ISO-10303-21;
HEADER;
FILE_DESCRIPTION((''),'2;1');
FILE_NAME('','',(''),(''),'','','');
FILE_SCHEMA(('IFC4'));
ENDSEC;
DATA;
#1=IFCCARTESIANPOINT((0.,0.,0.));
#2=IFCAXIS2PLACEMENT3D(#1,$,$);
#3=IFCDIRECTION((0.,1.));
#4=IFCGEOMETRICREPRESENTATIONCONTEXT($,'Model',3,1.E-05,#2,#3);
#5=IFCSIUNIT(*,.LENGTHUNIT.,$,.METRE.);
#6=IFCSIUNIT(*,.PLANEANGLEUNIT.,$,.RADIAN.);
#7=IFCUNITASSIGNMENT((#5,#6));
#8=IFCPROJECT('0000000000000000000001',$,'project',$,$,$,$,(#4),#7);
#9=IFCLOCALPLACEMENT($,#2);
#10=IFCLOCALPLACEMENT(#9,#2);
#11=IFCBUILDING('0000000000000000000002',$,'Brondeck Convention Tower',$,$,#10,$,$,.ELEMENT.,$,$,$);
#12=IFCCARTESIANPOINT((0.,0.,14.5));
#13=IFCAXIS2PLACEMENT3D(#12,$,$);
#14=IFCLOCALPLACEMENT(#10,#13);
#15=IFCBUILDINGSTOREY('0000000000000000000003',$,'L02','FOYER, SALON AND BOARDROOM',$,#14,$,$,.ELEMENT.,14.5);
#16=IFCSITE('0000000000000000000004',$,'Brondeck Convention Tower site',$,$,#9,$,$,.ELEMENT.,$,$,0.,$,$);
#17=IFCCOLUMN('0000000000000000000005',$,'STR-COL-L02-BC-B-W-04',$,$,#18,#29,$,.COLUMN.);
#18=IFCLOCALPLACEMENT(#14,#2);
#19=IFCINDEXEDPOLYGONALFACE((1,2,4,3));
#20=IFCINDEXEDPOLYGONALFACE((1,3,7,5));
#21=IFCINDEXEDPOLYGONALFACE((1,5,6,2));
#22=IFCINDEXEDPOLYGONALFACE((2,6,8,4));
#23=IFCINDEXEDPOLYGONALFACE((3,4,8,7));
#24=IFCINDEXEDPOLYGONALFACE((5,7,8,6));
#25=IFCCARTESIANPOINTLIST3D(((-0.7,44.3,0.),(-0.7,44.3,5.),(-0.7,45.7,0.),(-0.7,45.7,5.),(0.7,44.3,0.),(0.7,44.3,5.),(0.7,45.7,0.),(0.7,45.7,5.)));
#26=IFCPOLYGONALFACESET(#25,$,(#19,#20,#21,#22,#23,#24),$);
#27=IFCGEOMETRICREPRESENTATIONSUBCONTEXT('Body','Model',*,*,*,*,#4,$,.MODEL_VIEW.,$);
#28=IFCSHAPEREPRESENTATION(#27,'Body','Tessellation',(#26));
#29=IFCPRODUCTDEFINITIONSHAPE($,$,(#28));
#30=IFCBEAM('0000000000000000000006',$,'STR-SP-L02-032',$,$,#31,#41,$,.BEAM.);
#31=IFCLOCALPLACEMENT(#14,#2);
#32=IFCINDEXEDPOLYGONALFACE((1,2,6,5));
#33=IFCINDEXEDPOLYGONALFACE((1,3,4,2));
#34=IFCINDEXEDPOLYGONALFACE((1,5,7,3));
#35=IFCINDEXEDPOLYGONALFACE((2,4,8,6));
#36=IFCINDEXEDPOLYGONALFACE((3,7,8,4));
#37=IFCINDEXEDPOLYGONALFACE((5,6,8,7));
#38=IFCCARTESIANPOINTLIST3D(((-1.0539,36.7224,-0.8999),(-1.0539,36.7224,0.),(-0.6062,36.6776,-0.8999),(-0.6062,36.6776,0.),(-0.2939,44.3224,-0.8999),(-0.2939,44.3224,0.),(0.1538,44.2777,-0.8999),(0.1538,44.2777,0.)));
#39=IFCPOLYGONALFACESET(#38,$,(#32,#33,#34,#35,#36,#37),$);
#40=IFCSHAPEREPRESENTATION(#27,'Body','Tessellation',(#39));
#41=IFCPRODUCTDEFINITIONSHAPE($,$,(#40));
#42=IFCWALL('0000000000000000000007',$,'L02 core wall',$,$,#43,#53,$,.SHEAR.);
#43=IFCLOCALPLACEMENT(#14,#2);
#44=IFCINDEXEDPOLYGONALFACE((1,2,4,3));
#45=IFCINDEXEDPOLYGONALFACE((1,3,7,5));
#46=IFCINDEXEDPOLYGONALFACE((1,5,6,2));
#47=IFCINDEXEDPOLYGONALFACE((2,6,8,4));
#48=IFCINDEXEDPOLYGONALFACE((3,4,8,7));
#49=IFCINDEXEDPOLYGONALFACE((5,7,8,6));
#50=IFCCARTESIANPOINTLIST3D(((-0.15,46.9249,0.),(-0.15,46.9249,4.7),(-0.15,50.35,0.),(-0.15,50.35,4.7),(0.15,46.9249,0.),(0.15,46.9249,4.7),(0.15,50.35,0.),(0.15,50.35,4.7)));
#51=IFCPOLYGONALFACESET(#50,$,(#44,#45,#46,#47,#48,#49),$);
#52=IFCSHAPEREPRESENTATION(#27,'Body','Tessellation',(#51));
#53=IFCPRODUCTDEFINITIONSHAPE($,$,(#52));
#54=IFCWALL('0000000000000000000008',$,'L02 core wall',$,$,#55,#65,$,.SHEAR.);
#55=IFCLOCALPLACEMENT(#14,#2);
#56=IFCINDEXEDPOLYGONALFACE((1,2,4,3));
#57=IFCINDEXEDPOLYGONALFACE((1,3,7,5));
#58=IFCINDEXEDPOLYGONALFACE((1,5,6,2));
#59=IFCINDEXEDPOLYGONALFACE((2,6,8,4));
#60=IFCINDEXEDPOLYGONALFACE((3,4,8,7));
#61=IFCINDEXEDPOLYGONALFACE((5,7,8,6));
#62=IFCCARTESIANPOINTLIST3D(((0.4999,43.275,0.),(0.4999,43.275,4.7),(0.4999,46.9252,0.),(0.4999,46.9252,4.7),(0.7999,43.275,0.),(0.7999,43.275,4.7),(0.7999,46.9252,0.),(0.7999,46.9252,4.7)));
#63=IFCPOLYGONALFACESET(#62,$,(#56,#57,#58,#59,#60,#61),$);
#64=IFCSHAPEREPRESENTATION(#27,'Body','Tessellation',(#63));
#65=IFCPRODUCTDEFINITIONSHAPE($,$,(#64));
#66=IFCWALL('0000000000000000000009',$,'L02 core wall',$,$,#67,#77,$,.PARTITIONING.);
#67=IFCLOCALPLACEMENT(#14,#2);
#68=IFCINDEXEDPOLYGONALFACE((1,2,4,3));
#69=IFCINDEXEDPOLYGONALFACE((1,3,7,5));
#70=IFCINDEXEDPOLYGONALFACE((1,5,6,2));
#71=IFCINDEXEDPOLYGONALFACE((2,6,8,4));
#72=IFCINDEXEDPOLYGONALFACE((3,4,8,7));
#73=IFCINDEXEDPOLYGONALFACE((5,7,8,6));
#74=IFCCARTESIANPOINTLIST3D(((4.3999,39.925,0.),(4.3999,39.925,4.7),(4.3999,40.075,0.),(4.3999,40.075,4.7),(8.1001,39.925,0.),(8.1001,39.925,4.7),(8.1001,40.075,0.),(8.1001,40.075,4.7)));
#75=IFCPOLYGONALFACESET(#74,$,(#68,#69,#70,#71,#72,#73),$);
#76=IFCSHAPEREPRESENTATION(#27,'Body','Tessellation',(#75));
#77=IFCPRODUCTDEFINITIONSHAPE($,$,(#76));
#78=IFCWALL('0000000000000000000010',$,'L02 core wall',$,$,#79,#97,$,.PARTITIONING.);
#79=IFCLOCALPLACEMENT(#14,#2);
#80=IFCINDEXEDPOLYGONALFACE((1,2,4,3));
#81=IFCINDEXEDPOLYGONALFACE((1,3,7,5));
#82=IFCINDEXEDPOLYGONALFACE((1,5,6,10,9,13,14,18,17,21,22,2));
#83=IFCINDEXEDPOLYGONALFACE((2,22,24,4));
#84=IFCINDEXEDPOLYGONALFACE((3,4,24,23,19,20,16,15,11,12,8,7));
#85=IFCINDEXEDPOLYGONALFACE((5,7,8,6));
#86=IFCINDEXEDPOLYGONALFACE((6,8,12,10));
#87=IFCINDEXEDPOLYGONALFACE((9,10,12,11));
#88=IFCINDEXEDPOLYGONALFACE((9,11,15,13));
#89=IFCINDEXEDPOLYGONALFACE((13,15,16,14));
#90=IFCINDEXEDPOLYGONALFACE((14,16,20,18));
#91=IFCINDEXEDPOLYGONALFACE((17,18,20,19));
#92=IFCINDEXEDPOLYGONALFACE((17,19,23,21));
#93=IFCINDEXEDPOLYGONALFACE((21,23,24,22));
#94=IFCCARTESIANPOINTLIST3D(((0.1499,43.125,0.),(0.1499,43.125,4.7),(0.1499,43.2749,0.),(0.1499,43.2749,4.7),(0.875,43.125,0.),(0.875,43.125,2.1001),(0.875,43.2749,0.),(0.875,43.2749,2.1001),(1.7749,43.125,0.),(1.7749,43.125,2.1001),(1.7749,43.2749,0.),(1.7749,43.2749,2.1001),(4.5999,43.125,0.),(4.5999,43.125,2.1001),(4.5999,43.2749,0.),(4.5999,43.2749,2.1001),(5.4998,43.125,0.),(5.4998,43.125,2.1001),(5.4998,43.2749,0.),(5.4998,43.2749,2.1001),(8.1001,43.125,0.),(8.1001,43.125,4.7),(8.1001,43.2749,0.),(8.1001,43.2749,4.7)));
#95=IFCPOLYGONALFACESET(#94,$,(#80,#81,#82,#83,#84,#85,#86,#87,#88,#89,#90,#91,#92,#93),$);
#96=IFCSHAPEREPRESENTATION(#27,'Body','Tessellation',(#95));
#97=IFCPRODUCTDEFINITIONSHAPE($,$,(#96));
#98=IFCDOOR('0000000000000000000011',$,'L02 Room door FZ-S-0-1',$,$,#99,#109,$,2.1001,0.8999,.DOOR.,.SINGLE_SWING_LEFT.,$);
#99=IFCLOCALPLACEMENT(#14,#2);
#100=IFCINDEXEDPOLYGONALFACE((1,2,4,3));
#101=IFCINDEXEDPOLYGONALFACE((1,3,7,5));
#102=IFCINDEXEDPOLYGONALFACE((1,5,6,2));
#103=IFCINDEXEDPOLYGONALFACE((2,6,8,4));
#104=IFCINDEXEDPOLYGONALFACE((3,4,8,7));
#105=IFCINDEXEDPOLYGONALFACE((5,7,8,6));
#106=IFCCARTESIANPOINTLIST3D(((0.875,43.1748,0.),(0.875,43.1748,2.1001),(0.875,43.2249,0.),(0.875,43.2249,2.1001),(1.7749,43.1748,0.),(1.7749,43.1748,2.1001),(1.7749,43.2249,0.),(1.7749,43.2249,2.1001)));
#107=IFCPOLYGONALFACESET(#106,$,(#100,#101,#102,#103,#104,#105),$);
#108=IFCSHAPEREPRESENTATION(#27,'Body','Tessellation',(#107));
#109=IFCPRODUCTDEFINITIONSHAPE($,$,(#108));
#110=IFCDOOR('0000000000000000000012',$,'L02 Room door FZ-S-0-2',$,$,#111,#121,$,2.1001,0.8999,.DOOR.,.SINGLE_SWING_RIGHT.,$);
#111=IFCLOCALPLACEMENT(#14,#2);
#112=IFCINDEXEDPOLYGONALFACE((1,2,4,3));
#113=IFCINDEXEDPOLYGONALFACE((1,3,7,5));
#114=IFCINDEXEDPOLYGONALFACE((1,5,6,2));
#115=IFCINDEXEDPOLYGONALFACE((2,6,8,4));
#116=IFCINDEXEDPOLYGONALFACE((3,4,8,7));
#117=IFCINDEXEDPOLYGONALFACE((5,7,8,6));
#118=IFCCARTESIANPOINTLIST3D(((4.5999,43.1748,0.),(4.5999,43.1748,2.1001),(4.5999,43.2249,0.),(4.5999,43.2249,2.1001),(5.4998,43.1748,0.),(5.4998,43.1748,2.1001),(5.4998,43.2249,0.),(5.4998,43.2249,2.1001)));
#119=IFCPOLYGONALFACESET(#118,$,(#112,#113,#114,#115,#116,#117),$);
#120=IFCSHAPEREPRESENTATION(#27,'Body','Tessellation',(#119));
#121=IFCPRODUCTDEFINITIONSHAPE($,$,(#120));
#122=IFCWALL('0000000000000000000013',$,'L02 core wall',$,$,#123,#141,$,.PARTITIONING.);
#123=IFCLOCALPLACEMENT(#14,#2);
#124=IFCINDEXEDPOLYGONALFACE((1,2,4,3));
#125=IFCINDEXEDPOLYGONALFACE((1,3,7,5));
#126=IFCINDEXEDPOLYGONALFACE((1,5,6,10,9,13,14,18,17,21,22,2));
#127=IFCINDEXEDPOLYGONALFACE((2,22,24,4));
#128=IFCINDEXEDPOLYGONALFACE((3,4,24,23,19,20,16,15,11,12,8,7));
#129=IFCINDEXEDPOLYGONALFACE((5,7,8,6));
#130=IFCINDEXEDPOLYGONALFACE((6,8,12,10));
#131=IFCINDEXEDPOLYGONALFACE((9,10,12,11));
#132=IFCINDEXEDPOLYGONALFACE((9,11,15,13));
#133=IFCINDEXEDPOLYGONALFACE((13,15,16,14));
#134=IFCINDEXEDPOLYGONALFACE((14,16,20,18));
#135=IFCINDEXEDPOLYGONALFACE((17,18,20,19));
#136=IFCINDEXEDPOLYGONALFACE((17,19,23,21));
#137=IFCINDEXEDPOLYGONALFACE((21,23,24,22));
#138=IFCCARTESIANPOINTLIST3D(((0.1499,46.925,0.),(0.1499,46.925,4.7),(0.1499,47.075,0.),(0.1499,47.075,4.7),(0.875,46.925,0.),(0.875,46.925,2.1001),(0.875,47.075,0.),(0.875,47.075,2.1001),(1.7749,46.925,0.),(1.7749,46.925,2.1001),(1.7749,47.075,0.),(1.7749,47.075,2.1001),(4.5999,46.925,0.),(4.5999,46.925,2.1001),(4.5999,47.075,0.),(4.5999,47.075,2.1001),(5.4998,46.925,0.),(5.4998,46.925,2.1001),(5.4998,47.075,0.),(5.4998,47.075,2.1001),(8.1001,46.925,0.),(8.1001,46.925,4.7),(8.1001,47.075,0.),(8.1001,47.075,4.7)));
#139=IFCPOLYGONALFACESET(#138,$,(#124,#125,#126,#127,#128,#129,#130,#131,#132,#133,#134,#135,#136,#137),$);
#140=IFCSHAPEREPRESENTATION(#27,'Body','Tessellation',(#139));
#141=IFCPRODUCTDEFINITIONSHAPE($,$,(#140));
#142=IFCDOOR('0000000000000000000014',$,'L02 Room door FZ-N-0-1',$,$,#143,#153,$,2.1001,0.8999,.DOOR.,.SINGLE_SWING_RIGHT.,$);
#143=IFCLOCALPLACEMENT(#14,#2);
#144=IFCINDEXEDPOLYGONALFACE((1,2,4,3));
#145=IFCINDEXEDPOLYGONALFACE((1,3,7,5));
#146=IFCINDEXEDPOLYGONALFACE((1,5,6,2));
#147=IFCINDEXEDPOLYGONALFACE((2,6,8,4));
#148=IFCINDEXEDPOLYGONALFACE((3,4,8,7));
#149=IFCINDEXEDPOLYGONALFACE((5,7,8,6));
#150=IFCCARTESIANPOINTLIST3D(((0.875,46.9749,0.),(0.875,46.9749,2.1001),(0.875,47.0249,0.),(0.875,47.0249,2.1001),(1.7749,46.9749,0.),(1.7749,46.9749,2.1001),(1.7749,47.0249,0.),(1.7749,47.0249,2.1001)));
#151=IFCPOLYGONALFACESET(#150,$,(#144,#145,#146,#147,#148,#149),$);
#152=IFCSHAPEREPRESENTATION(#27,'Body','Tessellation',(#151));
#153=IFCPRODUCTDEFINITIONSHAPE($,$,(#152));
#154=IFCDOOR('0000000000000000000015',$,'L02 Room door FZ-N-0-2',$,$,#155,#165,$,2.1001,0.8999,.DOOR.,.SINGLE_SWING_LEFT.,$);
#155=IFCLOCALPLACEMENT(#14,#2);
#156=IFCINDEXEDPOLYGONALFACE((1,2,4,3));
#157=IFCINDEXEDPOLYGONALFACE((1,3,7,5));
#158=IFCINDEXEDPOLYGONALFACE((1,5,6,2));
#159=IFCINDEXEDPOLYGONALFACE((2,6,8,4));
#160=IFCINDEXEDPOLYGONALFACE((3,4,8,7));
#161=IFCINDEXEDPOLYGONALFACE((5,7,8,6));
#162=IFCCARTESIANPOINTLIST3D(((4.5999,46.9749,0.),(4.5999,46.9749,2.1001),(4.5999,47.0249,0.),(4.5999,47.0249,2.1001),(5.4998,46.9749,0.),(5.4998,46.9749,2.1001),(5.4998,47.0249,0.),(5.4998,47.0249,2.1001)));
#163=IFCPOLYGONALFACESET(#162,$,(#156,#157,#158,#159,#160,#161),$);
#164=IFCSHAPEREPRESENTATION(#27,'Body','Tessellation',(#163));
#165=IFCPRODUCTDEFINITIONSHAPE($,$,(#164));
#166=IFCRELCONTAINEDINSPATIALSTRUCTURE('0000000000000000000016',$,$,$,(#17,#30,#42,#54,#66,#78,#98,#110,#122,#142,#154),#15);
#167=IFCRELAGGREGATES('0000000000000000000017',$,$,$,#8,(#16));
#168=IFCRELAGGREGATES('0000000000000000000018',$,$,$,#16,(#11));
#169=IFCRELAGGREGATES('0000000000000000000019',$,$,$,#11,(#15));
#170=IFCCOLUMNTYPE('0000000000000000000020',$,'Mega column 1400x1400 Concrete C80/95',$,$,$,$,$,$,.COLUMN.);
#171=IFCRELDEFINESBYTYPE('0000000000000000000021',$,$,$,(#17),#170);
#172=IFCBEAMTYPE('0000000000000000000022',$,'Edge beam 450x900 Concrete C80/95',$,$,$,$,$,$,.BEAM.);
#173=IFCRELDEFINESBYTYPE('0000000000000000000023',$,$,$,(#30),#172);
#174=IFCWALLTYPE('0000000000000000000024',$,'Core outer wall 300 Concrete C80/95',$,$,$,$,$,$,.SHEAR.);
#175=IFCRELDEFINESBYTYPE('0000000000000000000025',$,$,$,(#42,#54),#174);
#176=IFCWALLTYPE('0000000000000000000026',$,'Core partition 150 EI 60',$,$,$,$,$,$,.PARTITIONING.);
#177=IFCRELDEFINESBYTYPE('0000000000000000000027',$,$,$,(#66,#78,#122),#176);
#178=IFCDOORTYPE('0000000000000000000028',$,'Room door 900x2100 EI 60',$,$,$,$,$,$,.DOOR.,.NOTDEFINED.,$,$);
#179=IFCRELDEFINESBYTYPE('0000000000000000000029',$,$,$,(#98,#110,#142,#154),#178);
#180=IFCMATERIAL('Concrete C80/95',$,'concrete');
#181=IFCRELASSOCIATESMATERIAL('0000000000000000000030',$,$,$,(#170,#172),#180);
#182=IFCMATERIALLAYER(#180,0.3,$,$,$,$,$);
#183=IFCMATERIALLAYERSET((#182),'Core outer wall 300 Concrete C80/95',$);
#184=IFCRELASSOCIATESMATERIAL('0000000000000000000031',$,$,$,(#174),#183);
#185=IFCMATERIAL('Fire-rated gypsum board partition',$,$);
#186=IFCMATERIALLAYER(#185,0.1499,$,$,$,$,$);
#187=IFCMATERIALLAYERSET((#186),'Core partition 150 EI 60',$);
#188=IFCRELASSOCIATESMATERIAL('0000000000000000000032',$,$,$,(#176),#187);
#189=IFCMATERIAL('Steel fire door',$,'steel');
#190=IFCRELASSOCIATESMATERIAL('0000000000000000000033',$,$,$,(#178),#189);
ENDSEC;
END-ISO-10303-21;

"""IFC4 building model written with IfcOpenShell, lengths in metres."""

from ifc_helpers import new_model, si_unit, direction, frame, frame_2d, origin, origin_2d, place, context, subcontext, project, spatial, rectangle, extrude, material, layer, layer_set, material_profile, profile_set, type_object, element, fill, save


model = new_model("IFC4")

# Units and contexts
model_context = context("Model", 3, precision=1e-05, world=origin(), true_north=direction((0.0, 1.0)))
body_context = subcontext(model_context, "Body", "Model", "MODEL_VIEW")
ifc_project = project(units=[si_unit("LENGTHUNIT", "METRE"), si_unit("PLANEANGLEUNIT", "RADIAN")], contexts=[model_context])

# Site, building, storey
site_placement = place(None, origin())
site = spatial("IfcSite", under=ifc_project, at=site_placement, Name="Brondeck Convention Tower site", CompositionType="ELEMENT", RefElevation=0.0)
building_placement = place(site_placement, origin())
building = spatial("IfcBuilding", under=site, at=building_placement, Name="Brondeck Convention Tower", CompositionType="ELEMENT")
storey_placement = place(building_placement, frame((0.0, 0.0, 14.5)))
storey = spatial("IfcBuildingStorey", under=building, at=storey_placement, Name="L02", Description="FOYER, SALON AND BOARDROOM", CompositionType="ELEMENT", Elevation=14.5)

# Column
ifc_material_1 = material(Name="Concrete C80/95", Category="concrete")
ifc_material_profile_1 = material_profile(ifc_material_1, rectangle(XDim=1.3999, YDim=1.3999, at=origin_2d()), Name="Mega column 1400x1400 Concrete C80/95")
ifc_profile_set_1 = profile_set([ifc_material_profile_1], Name="Concrete C80/95")
column_type = type_object("IfcColumnType", Name="Mega column 1400x1400 Concrete C80/95", PredefinedType="COLUMN", material=ifc_profile_set_1)
column_placement = place(storey_placement, frame((0.0, 45.0, 0.0), z_axis=(0.0, 0.0, 1.0), x_axis=(1.0, 0.0, 0.0)))
element("IfcColumn", 1, at=column_placement, inside=storey, type_object=column_type, Name="STR-COL-L02-BC-B-W-04", PredefinedType="COLUMN", context=body_context, shape_type="SweptSolid", body=[
    extrude(rectangle(XDim=1.3999, YDim=1.3999, at=origin_2d()), origin(), (0.0, 0.0, 1.0), 5.0),
])

# Beam
ifc_material_profile_2 = material_profile(ifc_material_1, rectangle(XDim=0.45, YDim=0.8999, at=origin_2d()), Name="Edge beam 450x900 Concrete C80/95")
ifc_profile_set_2 = profile_set([ifc_material_profile_2], Name="Concrete C80/95")
beam_type = type_object("IfcBeamType", Name="Edge beam 450x900 Concrete C80/95", PredefinedType="BEAM", material=ifc_profile_set_2)
beam_placement = place(storey_placement, frame((-0.0701, 44.3, -0.45), z_axis=(-0.099504, -0.995037, 0.0), x_axis=(0.995037, -0.099504, 0.0)))
element("IfcBeam", 2, at=beam_placement, inside=storey, type_object=beam_type, Name="STR-SP-L02-032", PredefinedType="BEAM", context=body_context, shape_type="SweptSolid", body=[
    extrude(rectangle(XDim=0.45, YDim=0.8999, at=origin_2d()), origin(), (0.0, 0.0, 1.0), 7.6379),
])

# Walls
ifc_layer_1 = layer(ifc_material_1, 0.3)
ifc_layer_set_1 = layer_set([ifc_layer_1], Name="Core outer wall 300 Concrete C80/95")
wall_type_1 = type_object("IfcWallType", Name="Core outer wall 300 Concrete C80/95", PredefinedType="SHEAR", material=ifc_layer_set_1)
wall_1_placement = place(storey_placement, frame((0.0, 46.925, 0.0), z_axis=(0.0, 0.0, 1.0), x_axis=(0.0, 1.0, 0.0)))
element("IfcWall", 3, at=wall_1_placement, inside=storey, type_object=wall_type_1, Name="L02 core wall", PredefinedType="SHEAR", context=body_context, shape_type="SweptSolid", body=[
    extrude(rectangle(XDim=3.425, YDim=0.3, at=frame_2d((1.7124, 0.0))), origin(), (0.0, 0.0, 1.0), 4.7),
])
wall_2_placement = place(storey_placement, frame((0.6499, 43.2749, 0.0), z_axis=(0.0, 0.0, 1.0), x_axis=(0.0, 1.0, 0.0)))
element("IfcWall", 4, at=wall_2_placement, inside=storey, type_object=wall_type_1, Name="L02 core wall", PredefinedType="SHEAR", context=body_context, shape_type="SweptSolid", body=[
    extrude(rectangle(XDim=3.6501, YDim=0.3, at=frame_2d((1.8252, 0.0))), origin(), (0.0, 0.0, 1.0), 4.7),
])
ifc_material_2 = material(Name="Fire-rated gypsum board partition")
ifc_layer_2 = layer(ifc_material_2, 0.1499)
ifc_layer_set_2 = layer_set([ifc_layer_2], Name="Core partition 150 EI 60")
wall_type_2 = type_object("IfcWallType", Name="Core partition 150 EI 60", PredefinedType="PARTITIONING", material=ifc_layer_set_2)
wall_3_placement = place(storey_placement, frame((4.3999, 40.0, 0.0), z_axis=(0.0, 0.0, 1.0), x_axis=(1.0, 0.0, 0.0)))
element("IfcWall", 5, at=wall_3_placement, inside=storey, type_object=wall_type_2, Name="L02 core wall", PredefinedType="PARTITIONING", context=body_context, shape_type="SweptSolid", body=[
    extrude(rectangle(XDim=3.7002, YDim=0.1499, at=frame_2d((1.8501, 0.0))), origin(), (0.0, 0.0, 1.0), 4.7),
])

# Walls, openings, doors
wall_4_placement = place(storey_placement, frame((0.1499, 43.2, 0.0), z_axis=(0.0, 0.0, 1.0), x_axis=(1.0, 0.0, 0.0)))
wall_4 = element("IfcWall", 6, at=wall_4_placement, inside=storey, type_object=wall_type_2, Name="L02 core wall", PredefinedType="PARTITIONING", context=body_context, shape_type="SweptSolid", body=[
    extrude(rectangle(XDim=7.9502, YDim=0.1499, at=frame_2d((3.9751, 0.0))), origin(), (0.0, 0.0, 1.0), 4.7),
])
opening_1_placement = place(wall_4_placement, frame((0.7251, 0.0, 0.0)))
opening_1 = element("IfcOpeningElement", 7, at=opening_1_placement, cuts=wall_4, PredefinedType="OPENING", context=body_context, shape_type="SweptSolid", body=[
    extrude(rectangle(XDim=0.8999, YDim=2.1001, at=frame_2d((0.45, 1.05))), frame((0.0, 0.085, 0.0), z_axis=(0.0, -1.0, 0.0), x_axis=(1.0, 0.0, 0.0)), (0.0, 0.0, 1.0), 0.1699),
])
opening_2_placement = place(wall_4_placement, frame((4.45, 0.0, 0.0)))
opening_2 = element("IfcOpeningElement", 8, at=opening_2_placement, cuts=wall_4, PredefinedType="OPENING", context=body_context, shape_type="SweptSolid", body=[
    extrude(rectangle(XDim=0.8999, YDim=2.1001, at=frame_2d((0.45, 1.05))), frame((0.0, 0.085, 0.0), z_axis=(0.0, -1.0, 0.0), x_axis=(1.0, 0.0, 0.0)), (0.0, 0.0, 1.0), 0.1699),
])
ifc_material_3 = material(Name="Steel fire door", Category="steel")
door_type = type_object("IfcDoorType", Name="Room door 900x2100 EI 60", OperationType="NOTDEFINED", PredefinedType="DOOR", material=ifc_material_3)
door_1_placement = place(opening_1_placement, origin())
door_1 = element("IfcDoor", 9, at=door_1_placement, inside=storey, type_object=door_type, Name="L02 Room door FZ-S-0-1", OperationType="SINGLE_SWING_LEFT", OverallHeight=2.1001, OverallWidth=0.8999, PredefinedType="DOOR", context=body_context, shape_type="SweptSolid", body=[
    extrude(rectangle(XDim=0.8999, YDim=2.1001, at=frame_2d((0.45, 1.05))), frame((0.0, 0.0249, 0.0), z_axis=(0.0, -1.0, 0.0), x_axis=(1.0, 0.0, 0.0)), (0.0, 0.0, 1.0), 0.05),
])
fill(opening_1, door_1)
door_2_placement = place(opening_2_placement, origin())
door_2 = element("IfcDoor", 10, at=door_2_placement, inside=storey, type_object=door_type, Name="L02 Room door FZ-S-0-2", OperationType="SINGLE_SWING_RIGHT", OverallHeight=2.1001, OverallWidth=0.8999, PredefinedType="DOOR", context=body_context, shape_type="SweptSolid", body=[
    extrude(rectangle(XDim=0.8999, YDim=2.1001, at=frame_2d((0.45, 1.05))), frame((0.0, 0.0249, 0.0), z_axis=(0.0, -1.0, 0.0), x_axis=(1.0, 0.0, 0.0)), (0.0, 0.0, 1.0), 0.05),
])
fill(opening_2, door_2)
wall_5_placement = place(storey_placement, frame((0.1499, 47.0, 0.0), z_axis=(0.0, 0.0, 1.0), x_axis=(1.0, 0.0, 0.0)))
wall_5 = element("IfcWall", 11, at=wall_5_placement, inside=storey, type_object=wall_type_2, Name="L02 core wall", PredefinedType="PARTITIONING", context=body_context, shape_type="SweptSolid", body=[
    extrude(rectangle(XDim=7.9502, YDim=0.1499, at=frame_2d((3.9751, 0.0))), origin(), (0.0, 0.0, 1.0), 4.7),
])
opening_3_placement = place(wall_5_placement, frame((0.7251, 0.0, 0.0)))
opening_3 = element("IfcOpeningElement", 12, at=opening_3_placement, cuts=wall_5, PredefinedType="OPENING", context=body_context, shape_type="SweptSolid", body=[
    extrude(rectangle(XDim=0.8999, YDim=2.1001, at=frame_2d((0.45, 1.05))), frame((0.0, 0.085, 0.0), z_axis=(0.0, -1.0, 0.0), x_axis=(1.0, 0.0, 0.0)), (0.0, 0.0, 1.0), 0.1699),
])
opening_4_placement = place(wall_5_placement, frame((4.45, 0.0, 0.0)))
opening_4 = element("IfcOpeningElement", 13, at=opening_4_placement, cuts=wall_5, PredefinedType="OPENING", context=body_context, shape_type="SweptSolid", body=[
    extrude(rectangle(XDim=0.8999, YDim=2.1001, at=frame_2d((0.45, 1.05))), frame((0.0, 0.085, 0.0), z_axis=(0.0, -1.0, 0.0), x_axis=(1.0, 0.0, 0.0)), (0.0, 0.0, 1.0), 0.1699),
])
door_3_placement = place(opening_3_placement, origin())
door_3 = element("IfcDoor", 14, at=door_3_placement, inside=storey, type_object=door_type, Name="L02 Room door FZ-N-0-1", OperationType="SINGLE_SWING_RIGHT", OverallHeight=2.1001, OverallWidth=0.8999, PredefinedType="DOOR", context=body_context, shape_type="SweptSolid", body=[
    extrude(rectangle(XDim=0.8999, YDim=2.1001, at=frame_2d((0.45, 1.05))), frame((0.0, 0.0249, 0.0), z_axis=(0.0, -1.0, 0.0), x_axis=(1.0, 0.0, 0.0)), (0.0, 0.0, 1.0), 0.05),
])
fill(opening_3, door_3)
door_4_placement = place(opening_4_placement, origin())
door_4 = element("IfcDoor", 15, at=door_4_placement, inside=storey, type_object=door_type, Name="L02 Room door FZ-N-0-2", OperationType="SINGLE_SWING_LEFT", OverallHeight=2.1001, OverallWidth=0.8999, PredefinedType="DOOR", context=body_context, shape_type="SweptSolid", body=[
    extrude(rectangle(XDim=0.8999, YDim=2.1001, at=frame_2d((0.45, 1.05))), frame((0.0, 0.0249, 0.0), z_axis=(0.0, -1.0, 0.0), x_axis=(1.0, 0.0, 0.0)), (0.0, 0.0, 1.0), 0.05),
])
fill(opening_4, door_4)

save(model, "model.ifc")
